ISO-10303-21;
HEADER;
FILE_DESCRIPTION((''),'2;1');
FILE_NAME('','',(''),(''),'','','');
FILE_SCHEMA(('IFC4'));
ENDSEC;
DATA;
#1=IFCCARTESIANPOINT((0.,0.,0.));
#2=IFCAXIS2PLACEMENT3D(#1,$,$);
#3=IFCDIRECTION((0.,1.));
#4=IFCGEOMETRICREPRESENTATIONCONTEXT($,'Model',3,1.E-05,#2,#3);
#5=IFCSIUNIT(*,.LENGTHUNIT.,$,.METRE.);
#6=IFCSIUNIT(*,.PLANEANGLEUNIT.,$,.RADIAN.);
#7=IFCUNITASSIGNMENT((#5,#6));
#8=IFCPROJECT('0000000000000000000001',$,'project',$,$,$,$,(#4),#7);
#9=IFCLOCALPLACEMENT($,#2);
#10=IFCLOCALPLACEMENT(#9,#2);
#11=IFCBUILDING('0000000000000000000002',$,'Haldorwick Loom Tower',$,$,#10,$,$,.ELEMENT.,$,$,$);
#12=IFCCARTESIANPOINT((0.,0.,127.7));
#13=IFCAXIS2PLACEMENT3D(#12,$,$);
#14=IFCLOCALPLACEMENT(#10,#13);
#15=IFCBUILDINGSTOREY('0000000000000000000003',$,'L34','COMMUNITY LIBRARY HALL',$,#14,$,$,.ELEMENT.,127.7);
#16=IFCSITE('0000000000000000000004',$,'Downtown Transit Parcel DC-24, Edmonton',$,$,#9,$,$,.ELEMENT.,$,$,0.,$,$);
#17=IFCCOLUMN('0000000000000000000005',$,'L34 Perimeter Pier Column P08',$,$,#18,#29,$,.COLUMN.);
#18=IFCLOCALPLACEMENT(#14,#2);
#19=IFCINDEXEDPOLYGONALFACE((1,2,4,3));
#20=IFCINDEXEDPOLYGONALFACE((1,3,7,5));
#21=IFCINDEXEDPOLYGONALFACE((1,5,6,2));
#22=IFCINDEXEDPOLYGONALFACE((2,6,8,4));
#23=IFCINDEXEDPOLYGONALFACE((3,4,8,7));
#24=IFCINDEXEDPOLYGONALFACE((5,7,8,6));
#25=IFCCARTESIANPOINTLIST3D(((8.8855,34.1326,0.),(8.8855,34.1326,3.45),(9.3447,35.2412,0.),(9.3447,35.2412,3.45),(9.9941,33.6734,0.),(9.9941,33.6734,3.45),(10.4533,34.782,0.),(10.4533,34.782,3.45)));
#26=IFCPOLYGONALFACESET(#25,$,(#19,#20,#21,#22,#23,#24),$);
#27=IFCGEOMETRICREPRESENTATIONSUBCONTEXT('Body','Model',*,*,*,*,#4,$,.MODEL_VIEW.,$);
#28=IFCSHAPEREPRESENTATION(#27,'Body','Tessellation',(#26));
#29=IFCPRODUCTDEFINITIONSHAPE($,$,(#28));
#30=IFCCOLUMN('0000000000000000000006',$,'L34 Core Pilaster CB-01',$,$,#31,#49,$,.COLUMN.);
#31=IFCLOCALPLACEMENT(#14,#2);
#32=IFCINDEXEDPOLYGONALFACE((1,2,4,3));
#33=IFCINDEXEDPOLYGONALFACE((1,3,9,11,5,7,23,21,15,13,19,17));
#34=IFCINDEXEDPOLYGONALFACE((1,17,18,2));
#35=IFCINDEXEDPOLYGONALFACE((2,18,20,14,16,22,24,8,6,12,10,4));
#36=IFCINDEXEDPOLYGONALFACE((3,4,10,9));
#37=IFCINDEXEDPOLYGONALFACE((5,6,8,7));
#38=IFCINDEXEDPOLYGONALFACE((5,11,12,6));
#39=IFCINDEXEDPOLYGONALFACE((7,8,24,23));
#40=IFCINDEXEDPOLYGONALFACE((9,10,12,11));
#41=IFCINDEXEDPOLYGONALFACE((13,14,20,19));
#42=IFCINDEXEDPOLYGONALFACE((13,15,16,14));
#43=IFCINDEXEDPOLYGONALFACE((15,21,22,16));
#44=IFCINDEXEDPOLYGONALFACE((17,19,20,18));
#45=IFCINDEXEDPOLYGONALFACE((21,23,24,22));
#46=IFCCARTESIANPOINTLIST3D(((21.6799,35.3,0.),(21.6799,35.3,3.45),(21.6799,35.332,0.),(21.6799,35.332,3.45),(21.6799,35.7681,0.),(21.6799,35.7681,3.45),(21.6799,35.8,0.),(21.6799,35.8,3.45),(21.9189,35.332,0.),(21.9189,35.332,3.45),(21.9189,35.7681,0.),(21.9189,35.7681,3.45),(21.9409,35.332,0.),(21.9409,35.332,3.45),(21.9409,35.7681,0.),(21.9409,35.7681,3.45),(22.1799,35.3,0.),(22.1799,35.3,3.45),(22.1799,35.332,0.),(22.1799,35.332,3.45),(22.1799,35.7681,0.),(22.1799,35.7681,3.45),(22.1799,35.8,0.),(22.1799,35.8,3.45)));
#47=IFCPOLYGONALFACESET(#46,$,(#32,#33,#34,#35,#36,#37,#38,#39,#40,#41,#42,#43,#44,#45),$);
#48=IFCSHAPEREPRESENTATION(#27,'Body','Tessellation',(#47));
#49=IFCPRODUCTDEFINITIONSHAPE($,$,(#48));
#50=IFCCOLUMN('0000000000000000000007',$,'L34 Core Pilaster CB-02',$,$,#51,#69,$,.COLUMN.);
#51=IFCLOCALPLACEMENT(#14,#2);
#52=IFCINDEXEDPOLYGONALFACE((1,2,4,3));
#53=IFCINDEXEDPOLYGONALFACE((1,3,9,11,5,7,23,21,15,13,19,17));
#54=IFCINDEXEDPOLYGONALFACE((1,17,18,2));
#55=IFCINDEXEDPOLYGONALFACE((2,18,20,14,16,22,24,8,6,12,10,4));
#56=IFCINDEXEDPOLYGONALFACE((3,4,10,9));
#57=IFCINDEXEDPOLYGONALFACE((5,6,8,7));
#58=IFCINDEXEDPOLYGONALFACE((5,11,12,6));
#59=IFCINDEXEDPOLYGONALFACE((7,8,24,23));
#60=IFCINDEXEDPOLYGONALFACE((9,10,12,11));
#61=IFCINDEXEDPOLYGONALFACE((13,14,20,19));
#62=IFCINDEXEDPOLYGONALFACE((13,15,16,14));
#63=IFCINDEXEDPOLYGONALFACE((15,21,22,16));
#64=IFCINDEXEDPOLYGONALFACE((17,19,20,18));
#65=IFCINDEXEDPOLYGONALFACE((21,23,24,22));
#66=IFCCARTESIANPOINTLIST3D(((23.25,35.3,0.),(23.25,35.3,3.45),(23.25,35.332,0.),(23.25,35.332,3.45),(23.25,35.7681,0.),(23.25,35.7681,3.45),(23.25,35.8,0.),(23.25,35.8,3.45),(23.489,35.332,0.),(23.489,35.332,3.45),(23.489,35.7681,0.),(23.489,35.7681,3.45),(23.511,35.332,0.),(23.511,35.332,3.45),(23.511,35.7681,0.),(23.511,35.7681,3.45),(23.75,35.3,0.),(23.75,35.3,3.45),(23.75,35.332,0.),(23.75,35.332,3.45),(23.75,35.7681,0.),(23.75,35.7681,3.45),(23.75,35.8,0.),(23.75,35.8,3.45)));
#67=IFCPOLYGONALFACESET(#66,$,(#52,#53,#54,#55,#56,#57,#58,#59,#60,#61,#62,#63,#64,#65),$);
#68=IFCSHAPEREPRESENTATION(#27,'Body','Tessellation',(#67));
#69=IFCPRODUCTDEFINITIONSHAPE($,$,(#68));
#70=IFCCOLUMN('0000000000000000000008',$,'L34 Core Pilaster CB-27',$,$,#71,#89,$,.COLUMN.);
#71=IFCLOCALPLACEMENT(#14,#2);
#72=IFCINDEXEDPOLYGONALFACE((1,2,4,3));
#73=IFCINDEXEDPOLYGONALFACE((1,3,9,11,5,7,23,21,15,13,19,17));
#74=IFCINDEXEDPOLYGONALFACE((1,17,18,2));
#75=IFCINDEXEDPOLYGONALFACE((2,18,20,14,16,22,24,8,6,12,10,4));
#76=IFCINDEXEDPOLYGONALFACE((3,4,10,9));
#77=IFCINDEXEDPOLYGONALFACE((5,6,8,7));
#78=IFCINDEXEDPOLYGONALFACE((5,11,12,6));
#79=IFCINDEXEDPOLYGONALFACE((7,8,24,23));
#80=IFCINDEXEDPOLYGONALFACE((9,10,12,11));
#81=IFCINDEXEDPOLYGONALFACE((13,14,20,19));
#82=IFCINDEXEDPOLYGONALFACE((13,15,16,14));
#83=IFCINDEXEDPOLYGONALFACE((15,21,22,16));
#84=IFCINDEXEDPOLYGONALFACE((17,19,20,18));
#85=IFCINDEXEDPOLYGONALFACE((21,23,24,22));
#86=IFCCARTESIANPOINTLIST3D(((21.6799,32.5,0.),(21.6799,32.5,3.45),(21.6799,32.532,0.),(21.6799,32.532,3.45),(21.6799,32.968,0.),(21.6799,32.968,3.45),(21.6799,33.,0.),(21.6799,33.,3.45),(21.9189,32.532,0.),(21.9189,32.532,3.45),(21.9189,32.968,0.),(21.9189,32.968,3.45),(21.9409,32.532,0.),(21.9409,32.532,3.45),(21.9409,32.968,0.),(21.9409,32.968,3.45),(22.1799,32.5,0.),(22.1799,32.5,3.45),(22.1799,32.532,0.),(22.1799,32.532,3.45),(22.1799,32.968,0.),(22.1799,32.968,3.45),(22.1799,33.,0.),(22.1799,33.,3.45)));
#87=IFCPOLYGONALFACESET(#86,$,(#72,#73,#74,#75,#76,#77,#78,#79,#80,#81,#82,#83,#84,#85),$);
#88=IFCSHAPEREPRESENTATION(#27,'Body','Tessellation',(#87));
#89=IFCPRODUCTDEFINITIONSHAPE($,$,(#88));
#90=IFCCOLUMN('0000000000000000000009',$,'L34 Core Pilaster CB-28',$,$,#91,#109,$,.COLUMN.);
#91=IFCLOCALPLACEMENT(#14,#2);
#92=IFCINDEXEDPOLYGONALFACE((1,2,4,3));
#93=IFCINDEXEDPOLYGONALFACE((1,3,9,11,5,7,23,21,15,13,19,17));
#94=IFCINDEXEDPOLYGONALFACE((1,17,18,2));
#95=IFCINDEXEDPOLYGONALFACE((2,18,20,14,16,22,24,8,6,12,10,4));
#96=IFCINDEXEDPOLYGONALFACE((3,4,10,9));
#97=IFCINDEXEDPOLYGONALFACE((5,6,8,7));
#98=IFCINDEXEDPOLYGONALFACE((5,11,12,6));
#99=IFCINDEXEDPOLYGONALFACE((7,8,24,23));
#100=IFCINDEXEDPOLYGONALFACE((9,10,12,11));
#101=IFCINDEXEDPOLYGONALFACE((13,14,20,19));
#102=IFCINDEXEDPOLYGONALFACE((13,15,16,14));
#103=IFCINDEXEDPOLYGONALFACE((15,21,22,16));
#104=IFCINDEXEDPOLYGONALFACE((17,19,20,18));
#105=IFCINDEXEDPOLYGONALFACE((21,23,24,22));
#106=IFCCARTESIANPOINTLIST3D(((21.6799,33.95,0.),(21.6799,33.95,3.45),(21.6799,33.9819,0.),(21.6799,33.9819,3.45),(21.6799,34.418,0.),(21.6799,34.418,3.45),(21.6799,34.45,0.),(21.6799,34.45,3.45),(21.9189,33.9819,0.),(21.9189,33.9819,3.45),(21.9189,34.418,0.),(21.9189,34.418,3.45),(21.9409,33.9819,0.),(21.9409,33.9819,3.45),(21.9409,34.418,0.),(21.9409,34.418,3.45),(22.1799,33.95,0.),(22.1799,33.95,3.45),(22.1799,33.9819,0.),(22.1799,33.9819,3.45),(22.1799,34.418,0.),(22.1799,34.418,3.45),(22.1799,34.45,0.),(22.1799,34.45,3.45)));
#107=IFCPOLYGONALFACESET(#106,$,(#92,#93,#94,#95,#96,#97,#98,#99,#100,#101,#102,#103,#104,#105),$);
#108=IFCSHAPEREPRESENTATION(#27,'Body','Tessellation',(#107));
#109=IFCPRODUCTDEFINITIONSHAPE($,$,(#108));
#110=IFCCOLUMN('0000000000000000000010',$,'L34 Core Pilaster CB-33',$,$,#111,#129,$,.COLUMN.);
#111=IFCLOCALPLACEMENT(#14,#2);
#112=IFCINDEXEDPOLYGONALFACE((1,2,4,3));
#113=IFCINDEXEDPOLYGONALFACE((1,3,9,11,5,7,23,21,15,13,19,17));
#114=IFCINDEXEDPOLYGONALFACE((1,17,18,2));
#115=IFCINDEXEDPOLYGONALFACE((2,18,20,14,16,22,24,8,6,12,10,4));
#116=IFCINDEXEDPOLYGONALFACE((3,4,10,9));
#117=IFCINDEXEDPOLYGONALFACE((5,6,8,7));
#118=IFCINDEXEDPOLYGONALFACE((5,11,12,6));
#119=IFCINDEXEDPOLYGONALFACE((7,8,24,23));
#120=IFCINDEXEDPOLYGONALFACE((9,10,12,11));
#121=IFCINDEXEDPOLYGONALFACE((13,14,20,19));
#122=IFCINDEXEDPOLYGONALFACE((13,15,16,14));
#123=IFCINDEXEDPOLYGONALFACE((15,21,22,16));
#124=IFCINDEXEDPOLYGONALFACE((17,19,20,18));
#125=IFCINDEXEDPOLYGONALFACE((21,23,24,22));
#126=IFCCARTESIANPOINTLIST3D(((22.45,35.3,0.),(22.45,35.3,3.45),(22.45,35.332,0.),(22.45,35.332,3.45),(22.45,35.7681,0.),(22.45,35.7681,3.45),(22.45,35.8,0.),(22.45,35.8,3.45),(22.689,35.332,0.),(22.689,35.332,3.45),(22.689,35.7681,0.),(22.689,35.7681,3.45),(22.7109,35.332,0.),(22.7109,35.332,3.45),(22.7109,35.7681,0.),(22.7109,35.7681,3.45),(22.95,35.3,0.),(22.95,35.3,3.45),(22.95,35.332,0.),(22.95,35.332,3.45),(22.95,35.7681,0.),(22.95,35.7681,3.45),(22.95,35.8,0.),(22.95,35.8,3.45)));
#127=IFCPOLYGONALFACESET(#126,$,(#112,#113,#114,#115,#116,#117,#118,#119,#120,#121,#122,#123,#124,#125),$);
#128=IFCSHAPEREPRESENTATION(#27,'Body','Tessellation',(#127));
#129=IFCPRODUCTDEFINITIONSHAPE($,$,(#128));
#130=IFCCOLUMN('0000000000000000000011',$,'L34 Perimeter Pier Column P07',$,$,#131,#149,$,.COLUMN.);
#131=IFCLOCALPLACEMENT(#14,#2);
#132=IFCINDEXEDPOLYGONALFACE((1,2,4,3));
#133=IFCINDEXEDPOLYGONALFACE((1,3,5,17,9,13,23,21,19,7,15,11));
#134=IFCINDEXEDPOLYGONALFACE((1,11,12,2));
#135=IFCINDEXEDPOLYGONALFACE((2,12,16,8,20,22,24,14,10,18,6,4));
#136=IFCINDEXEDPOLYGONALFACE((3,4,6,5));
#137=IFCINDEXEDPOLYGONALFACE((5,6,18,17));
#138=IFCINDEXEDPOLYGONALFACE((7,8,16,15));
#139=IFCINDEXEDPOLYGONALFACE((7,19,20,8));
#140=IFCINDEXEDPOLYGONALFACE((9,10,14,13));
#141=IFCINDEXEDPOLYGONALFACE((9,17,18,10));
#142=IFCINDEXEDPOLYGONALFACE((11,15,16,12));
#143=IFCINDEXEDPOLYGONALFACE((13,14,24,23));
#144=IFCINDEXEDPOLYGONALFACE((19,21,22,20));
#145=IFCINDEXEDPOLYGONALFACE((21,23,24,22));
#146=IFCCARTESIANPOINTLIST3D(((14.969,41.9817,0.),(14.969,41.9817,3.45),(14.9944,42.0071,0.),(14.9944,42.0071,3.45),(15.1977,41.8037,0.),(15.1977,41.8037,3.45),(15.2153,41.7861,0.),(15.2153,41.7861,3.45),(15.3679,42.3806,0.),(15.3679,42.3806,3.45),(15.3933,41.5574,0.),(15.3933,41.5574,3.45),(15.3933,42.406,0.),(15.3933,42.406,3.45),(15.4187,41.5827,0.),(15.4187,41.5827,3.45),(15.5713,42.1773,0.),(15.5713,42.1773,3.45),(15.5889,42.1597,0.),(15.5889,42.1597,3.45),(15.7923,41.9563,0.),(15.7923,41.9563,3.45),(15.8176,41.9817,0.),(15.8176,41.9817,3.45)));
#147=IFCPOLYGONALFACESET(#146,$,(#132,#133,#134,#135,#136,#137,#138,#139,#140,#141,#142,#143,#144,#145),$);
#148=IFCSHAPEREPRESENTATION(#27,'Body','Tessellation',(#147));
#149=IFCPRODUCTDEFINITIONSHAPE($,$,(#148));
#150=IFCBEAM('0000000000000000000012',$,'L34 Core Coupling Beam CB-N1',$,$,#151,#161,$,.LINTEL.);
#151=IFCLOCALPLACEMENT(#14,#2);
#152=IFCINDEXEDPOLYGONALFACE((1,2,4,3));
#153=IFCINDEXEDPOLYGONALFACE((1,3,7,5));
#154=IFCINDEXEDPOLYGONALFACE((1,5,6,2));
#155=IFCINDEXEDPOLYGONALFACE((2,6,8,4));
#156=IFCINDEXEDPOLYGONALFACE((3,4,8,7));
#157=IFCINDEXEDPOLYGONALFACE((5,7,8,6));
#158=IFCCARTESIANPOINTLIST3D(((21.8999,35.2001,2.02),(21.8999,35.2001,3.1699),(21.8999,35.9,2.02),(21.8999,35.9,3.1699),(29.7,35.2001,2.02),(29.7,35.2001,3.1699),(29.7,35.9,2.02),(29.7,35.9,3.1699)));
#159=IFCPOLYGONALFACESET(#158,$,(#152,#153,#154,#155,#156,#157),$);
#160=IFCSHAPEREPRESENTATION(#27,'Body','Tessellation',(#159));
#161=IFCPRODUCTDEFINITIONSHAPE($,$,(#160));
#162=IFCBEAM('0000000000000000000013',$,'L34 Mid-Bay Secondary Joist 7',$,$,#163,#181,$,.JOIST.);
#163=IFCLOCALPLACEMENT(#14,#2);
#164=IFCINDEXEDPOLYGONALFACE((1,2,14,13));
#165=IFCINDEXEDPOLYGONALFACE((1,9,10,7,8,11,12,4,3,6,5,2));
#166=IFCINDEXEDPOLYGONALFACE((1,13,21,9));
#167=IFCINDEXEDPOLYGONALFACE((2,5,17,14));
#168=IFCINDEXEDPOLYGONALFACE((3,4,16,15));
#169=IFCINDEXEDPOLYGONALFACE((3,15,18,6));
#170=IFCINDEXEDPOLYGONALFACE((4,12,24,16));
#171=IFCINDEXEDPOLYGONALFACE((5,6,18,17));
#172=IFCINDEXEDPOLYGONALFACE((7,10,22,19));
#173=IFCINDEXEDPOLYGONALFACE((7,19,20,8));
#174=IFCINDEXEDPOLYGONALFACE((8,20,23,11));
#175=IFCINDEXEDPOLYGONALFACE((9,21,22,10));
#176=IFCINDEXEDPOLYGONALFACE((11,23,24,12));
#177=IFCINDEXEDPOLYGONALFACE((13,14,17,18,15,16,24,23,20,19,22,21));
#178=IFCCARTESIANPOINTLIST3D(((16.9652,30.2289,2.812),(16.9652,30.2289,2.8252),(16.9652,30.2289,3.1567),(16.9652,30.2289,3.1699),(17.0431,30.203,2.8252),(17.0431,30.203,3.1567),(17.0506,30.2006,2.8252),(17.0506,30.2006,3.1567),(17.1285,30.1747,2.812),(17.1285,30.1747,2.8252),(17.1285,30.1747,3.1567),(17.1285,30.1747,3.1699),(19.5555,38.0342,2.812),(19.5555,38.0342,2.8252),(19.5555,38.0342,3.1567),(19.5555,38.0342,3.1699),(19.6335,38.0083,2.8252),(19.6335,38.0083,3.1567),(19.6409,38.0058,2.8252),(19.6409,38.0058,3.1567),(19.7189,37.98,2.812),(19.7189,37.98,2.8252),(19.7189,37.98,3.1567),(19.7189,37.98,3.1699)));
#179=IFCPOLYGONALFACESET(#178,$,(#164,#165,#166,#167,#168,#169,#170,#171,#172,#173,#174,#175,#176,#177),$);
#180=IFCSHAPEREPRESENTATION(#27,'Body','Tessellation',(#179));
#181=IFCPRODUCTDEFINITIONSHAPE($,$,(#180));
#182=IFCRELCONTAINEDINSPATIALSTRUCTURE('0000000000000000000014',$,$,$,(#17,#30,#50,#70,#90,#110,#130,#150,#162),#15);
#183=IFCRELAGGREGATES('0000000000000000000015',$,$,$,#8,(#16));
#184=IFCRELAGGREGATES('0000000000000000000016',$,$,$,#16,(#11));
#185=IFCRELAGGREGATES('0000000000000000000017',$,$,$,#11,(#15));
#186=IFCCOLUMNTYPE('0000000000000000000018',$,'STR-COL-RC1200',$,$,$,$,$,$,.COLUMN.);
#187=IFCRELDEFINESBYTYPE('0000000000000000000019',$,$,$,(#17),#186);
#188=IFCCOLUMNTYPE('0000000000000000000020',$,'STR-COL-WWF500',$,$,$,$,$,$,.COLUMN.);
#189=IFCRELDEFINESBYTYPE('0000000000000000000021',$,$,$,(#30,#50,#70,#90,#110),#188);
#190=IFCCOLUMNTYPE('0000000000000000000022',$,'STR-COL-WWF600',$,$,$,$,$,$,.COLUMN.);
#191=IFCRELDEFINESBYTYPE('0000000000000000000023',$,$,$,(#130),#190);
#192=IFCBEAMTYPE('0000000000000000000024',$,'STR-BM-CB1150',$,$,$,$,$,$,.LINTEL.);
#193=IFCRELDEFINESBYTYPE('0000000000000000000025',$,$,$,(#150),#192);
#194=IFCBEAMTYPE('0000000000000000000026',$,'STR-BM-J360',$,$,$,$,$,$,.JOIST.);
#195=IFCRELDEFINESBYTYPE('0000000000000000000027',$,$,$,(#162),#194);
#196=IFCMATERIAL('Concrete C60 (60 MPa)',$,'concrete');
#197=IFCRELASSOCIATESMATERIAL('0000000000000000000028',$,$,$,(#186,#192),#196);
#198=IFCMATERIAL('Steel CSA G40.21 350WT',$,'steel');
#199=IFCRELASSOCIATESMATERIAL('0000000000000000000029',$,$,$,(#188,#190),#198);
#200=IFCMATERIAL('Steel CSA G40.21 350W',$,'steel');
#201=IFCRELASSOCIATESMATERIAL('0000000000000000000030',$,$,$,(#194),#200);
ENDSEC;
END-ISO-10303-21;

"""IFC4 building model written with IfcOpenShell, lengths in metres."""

from ifc_helpers import new_model, si_unit, direction, frame, origin, origin_2d, place, context, subcontext, project, spatial, rectangle, i_section, extrude, material, material_profile, profile_set, type_object, element, save


model = new_model("IFC4")

# Units and contexts
model_context = context("Model", 3, precision=1e-05, world=origin(), true_north=direction((0.0, 1.0)))
body_context = subcontext(model_context, "Body", "Model", "MODEL_VIEW")
ifc_project = project(units=[si_unit("LENGTHUNIT", "METRE"), si_unit("PLANEANGLEUNIT", "RADIAN")], contexts=[model_context])

# Site, building, storey
site_placement = place(None, origin())
site = spatial("IfcSite", under=ifc_project, at=site_placement, Name="Downtown Transit Parcel DC-24, Edmonton", CompositionType="ELEMENT", RefElevation=0.0)
building_placement = place(site_placement, origin())
building = spatial("IfcBuilding", under=site, at=building_placement, Name="Haldorwick Loom Tower", CompositionType="ELEMENT")
storey_placement = place(building_placement, frame((0.0, 0.0, 127.7)))
storey = spatial("IfcBuildingStorey", under=building, at=storey_placement, Name="L34", Description="COMMUNITY LIBRARY HALL", CompositionType="ELEMENT", Elevation=127.7)

# Columns
ifc_material_1 = material(Name="Concrete C60 (60 MPa)", Category="concrete")
ifc_material_profile_1 = material_profile(ifc_material_1, rectangle(XDim=1.2, YDim=1.2, at=origin_2d()), Name="RC1200X1200", Category="concrete")
ifc_profile_set_1 = profile_set([ifc_material_profile_1], Name="Concrete C60 (60 MPa)")
column_type_1 = type_object("IfcColumnType", Name="STR-COL-RC1200", PredefinedType="COLUMN", material=ifc_profile_set_1)
column_1_placement = place(storey_placement, frame((9.6694, 34.4573, 0.0), z_axis=(0.0, 0.0, 1.0), x_axis=(-0.92388, 0.382683, 0.0)))
element("IfcColumn", 1, at=column_1_placement, inside=storey, type_object=column_type_1, Name="L34 Perimeter Pier Column P08", PredefinedType="COLUMN", context=body_context, shape_type="SweptSolid", body=[
    extrude(rectangle(XDim=1.2, YDim=1.2, at=origin_2d()), origin(), (0.0, 0.0, 1.0), 3.45),
])
ifc_material_2 = material(Name="Steel CSA G40.21 350WT", Category="steel")
ifc_material_profile_2 = material_profile(ifc_material_2, i_section(OverallWidth=0.5, OverallDepth=0.5, WebThickness=0.022, FlangeThickness=0.032, at=origin_2d()), Name="WWF500X500", Category="steel")
ifc_profile_set_2 = profile_set([ifc_material_profile_2], Name="Steel CSA G40.21 350WT")
column_type_2 = type_object("IfcColumnType", Name="STR-COL-WWF500", PredefinedType="COLUMN", material=ifc_profile_set_2)
for number, where, z_axis, x_axis, name in (
    (2, (21.9299, 35.55, 0.0), (0.0, 0.0, 1.0), (1.0, 0.0, 0.0), "L34 Core Pilaster CB-01"),
    (3, (23.5, 35.55, 0.0), (0.0, 0.0, 1.0), (1.0, 0.0, 0.0), "L34 Core Pilaster CB-02"),
    (4, (21.9299, 32.75, 0.0), (0.0, 0.0, 1.0), (1.0, 0.0, 0.0), "L34 Core Pilaster CB-27"),
    (5, (21.9299, 34.2, 0.0), (0.0, 0.0, 1.0), (1.0, 0.0, 0.0), "L34 Core Pilaster CB-28"),
    (6, (22.7, 35.55, 0.0), (0.0, 0.0, 1.0), (1.0, 0.0, 0.0), "L34 Core Pilaster CB-33"),
):
    element("IfcColumn", number, at=place(storey_placement, frame(where, z_axis=z_axis, x_axis=x_axis)), inside=storey, type_object=column_type_2, Name=name, PredefinedType="COLUMN", context=body_context, shape_type="SweptSolid", body=[
        extrude(i_section(OverallWidth=0.5, OverallDepth=0.5, WebThickness=0.022, FlangeThickness=0.032, at=origin_2d()), origin(), (0.0, 0.0, 1.0), 3.45),
    ])
ifc_material_profile_3 = material_profile(ifc_material_2, i_section(OverallWidth=0.6001, OverallDepth=0.6001, WebThickness=0.0249, FlangeThickness=0.0359, at=origin_2d()), Name="WWF600X600", Category="steel")
ifc_profile_set_3 = profile_set([ifc_material_profile_3], Name="Steel CSA G40.21 350WT")
column_type_3 = type_object("IfcColumnType", Name="STR-COL-WWF600", PredefinedType="COLUMN", material=ifc_profile_set_3)
column_2_placement = place(storey_placement, frame((15.3933, 41.9817, 0.0), z_axis=(0.0, 0.0, 1.0), x_axis=(-0.707107, 0.707107, 0.0)))
element("IfcColumn", 7, at=column_2_placement, inside=storey, type_object=column_type_3, Name="L34 Perimeter Pier Column P07", PredefinedType="COLUMN", context=body_context, shape_type="SweptSolid", body=[
    extrude(i_section(OverallWidth=0.6001, OverallDepth=0.6001, WebThickness=0.0249, FlangeThickness=0.0359, at=origin_2d()), origin(), (0.0, 0.0, 1.0), 3.45),
])

# Beams
ifc_material_profile_4 = material_profile(ifc_material_1, rectangle(XDim=0.7, YDim=1.1499, at=origin_2d()), Name="RC700X1150", Category="concrete")
ifc_profile_set_4 = profile_set([ifc_material_profile_4], Name="Concrete C60 (60 MPa)")
beam_type_1 = type_object("IfcBeamType", Name="STR-BM-CB1150", PredefinedType="LINTEL", material=ifc_profile_set_4)
beam_1_placement = place(storey_placement, frame((21.8999, 35.55, 2.595), z_axis=(1.0, 0.0, 0.0), x_axis=(0.0, 1.0, 0.0)))
element("IfcBeam", 8, at=beam_1_placement, inside=storey, type_object=beam_type_1, Name="L34 Core Coupling Beam CB-N1", PredefinedType="LINTEL", context=body_context, shape_type="SweptSolid", body=[
    extrude(rectangle(XDim=0.7, YDim=1.1499, at=origin_2d()), origin(), (0.0, 0.0, 1.0), 7.8),
])
ifc_material_3 = material(Name="Steel CSA G40.21 350W", Category="steel")
ifc_material_profile_5 = material_profile(ifc_material_3, i_section(OverallWidth=0.1721, OverallDepth=0.3579, WebThickness=0.0078, FlangeThickness=0.0132, at=origin_2d()), Name="W360X57", Category="steel")
ifc_profile_set_5 = profile_set([ifc_material_profile_5], Name="Steel CSA G40.21 350W")
beam_type_2 = type_object("IfcBeamType", Name="STR-BM-J360", PredefinedType="JOIST", material=ifc_profile_set_5)
beam_2_placement = place(storey_placement, frame((19.6372, 38.0071, 2.991), z_axis=(-0.314981, -0.949098, 0.0), x_axis=(0.949098, -0.314981, 0.0)))
element("IfcBeam", 9, at=beam_2_placement, inside=storey, type_object=beam_type_2, Name="L34 Mid-Bay Secondary Joist 7", PredefinedType="JOIST", context=body_context, shape_type="SweptSolid", body=[
    extrude(i_section(OverallWidth=0.1721, OverallDepth=0.3579, WebThickness=0.0078, FlangeThickness=0.0132, at=origin_2d()), origin(), (0.0, 0.0, 1.0), 8.2239),
])

save(model, "model.ifc")
